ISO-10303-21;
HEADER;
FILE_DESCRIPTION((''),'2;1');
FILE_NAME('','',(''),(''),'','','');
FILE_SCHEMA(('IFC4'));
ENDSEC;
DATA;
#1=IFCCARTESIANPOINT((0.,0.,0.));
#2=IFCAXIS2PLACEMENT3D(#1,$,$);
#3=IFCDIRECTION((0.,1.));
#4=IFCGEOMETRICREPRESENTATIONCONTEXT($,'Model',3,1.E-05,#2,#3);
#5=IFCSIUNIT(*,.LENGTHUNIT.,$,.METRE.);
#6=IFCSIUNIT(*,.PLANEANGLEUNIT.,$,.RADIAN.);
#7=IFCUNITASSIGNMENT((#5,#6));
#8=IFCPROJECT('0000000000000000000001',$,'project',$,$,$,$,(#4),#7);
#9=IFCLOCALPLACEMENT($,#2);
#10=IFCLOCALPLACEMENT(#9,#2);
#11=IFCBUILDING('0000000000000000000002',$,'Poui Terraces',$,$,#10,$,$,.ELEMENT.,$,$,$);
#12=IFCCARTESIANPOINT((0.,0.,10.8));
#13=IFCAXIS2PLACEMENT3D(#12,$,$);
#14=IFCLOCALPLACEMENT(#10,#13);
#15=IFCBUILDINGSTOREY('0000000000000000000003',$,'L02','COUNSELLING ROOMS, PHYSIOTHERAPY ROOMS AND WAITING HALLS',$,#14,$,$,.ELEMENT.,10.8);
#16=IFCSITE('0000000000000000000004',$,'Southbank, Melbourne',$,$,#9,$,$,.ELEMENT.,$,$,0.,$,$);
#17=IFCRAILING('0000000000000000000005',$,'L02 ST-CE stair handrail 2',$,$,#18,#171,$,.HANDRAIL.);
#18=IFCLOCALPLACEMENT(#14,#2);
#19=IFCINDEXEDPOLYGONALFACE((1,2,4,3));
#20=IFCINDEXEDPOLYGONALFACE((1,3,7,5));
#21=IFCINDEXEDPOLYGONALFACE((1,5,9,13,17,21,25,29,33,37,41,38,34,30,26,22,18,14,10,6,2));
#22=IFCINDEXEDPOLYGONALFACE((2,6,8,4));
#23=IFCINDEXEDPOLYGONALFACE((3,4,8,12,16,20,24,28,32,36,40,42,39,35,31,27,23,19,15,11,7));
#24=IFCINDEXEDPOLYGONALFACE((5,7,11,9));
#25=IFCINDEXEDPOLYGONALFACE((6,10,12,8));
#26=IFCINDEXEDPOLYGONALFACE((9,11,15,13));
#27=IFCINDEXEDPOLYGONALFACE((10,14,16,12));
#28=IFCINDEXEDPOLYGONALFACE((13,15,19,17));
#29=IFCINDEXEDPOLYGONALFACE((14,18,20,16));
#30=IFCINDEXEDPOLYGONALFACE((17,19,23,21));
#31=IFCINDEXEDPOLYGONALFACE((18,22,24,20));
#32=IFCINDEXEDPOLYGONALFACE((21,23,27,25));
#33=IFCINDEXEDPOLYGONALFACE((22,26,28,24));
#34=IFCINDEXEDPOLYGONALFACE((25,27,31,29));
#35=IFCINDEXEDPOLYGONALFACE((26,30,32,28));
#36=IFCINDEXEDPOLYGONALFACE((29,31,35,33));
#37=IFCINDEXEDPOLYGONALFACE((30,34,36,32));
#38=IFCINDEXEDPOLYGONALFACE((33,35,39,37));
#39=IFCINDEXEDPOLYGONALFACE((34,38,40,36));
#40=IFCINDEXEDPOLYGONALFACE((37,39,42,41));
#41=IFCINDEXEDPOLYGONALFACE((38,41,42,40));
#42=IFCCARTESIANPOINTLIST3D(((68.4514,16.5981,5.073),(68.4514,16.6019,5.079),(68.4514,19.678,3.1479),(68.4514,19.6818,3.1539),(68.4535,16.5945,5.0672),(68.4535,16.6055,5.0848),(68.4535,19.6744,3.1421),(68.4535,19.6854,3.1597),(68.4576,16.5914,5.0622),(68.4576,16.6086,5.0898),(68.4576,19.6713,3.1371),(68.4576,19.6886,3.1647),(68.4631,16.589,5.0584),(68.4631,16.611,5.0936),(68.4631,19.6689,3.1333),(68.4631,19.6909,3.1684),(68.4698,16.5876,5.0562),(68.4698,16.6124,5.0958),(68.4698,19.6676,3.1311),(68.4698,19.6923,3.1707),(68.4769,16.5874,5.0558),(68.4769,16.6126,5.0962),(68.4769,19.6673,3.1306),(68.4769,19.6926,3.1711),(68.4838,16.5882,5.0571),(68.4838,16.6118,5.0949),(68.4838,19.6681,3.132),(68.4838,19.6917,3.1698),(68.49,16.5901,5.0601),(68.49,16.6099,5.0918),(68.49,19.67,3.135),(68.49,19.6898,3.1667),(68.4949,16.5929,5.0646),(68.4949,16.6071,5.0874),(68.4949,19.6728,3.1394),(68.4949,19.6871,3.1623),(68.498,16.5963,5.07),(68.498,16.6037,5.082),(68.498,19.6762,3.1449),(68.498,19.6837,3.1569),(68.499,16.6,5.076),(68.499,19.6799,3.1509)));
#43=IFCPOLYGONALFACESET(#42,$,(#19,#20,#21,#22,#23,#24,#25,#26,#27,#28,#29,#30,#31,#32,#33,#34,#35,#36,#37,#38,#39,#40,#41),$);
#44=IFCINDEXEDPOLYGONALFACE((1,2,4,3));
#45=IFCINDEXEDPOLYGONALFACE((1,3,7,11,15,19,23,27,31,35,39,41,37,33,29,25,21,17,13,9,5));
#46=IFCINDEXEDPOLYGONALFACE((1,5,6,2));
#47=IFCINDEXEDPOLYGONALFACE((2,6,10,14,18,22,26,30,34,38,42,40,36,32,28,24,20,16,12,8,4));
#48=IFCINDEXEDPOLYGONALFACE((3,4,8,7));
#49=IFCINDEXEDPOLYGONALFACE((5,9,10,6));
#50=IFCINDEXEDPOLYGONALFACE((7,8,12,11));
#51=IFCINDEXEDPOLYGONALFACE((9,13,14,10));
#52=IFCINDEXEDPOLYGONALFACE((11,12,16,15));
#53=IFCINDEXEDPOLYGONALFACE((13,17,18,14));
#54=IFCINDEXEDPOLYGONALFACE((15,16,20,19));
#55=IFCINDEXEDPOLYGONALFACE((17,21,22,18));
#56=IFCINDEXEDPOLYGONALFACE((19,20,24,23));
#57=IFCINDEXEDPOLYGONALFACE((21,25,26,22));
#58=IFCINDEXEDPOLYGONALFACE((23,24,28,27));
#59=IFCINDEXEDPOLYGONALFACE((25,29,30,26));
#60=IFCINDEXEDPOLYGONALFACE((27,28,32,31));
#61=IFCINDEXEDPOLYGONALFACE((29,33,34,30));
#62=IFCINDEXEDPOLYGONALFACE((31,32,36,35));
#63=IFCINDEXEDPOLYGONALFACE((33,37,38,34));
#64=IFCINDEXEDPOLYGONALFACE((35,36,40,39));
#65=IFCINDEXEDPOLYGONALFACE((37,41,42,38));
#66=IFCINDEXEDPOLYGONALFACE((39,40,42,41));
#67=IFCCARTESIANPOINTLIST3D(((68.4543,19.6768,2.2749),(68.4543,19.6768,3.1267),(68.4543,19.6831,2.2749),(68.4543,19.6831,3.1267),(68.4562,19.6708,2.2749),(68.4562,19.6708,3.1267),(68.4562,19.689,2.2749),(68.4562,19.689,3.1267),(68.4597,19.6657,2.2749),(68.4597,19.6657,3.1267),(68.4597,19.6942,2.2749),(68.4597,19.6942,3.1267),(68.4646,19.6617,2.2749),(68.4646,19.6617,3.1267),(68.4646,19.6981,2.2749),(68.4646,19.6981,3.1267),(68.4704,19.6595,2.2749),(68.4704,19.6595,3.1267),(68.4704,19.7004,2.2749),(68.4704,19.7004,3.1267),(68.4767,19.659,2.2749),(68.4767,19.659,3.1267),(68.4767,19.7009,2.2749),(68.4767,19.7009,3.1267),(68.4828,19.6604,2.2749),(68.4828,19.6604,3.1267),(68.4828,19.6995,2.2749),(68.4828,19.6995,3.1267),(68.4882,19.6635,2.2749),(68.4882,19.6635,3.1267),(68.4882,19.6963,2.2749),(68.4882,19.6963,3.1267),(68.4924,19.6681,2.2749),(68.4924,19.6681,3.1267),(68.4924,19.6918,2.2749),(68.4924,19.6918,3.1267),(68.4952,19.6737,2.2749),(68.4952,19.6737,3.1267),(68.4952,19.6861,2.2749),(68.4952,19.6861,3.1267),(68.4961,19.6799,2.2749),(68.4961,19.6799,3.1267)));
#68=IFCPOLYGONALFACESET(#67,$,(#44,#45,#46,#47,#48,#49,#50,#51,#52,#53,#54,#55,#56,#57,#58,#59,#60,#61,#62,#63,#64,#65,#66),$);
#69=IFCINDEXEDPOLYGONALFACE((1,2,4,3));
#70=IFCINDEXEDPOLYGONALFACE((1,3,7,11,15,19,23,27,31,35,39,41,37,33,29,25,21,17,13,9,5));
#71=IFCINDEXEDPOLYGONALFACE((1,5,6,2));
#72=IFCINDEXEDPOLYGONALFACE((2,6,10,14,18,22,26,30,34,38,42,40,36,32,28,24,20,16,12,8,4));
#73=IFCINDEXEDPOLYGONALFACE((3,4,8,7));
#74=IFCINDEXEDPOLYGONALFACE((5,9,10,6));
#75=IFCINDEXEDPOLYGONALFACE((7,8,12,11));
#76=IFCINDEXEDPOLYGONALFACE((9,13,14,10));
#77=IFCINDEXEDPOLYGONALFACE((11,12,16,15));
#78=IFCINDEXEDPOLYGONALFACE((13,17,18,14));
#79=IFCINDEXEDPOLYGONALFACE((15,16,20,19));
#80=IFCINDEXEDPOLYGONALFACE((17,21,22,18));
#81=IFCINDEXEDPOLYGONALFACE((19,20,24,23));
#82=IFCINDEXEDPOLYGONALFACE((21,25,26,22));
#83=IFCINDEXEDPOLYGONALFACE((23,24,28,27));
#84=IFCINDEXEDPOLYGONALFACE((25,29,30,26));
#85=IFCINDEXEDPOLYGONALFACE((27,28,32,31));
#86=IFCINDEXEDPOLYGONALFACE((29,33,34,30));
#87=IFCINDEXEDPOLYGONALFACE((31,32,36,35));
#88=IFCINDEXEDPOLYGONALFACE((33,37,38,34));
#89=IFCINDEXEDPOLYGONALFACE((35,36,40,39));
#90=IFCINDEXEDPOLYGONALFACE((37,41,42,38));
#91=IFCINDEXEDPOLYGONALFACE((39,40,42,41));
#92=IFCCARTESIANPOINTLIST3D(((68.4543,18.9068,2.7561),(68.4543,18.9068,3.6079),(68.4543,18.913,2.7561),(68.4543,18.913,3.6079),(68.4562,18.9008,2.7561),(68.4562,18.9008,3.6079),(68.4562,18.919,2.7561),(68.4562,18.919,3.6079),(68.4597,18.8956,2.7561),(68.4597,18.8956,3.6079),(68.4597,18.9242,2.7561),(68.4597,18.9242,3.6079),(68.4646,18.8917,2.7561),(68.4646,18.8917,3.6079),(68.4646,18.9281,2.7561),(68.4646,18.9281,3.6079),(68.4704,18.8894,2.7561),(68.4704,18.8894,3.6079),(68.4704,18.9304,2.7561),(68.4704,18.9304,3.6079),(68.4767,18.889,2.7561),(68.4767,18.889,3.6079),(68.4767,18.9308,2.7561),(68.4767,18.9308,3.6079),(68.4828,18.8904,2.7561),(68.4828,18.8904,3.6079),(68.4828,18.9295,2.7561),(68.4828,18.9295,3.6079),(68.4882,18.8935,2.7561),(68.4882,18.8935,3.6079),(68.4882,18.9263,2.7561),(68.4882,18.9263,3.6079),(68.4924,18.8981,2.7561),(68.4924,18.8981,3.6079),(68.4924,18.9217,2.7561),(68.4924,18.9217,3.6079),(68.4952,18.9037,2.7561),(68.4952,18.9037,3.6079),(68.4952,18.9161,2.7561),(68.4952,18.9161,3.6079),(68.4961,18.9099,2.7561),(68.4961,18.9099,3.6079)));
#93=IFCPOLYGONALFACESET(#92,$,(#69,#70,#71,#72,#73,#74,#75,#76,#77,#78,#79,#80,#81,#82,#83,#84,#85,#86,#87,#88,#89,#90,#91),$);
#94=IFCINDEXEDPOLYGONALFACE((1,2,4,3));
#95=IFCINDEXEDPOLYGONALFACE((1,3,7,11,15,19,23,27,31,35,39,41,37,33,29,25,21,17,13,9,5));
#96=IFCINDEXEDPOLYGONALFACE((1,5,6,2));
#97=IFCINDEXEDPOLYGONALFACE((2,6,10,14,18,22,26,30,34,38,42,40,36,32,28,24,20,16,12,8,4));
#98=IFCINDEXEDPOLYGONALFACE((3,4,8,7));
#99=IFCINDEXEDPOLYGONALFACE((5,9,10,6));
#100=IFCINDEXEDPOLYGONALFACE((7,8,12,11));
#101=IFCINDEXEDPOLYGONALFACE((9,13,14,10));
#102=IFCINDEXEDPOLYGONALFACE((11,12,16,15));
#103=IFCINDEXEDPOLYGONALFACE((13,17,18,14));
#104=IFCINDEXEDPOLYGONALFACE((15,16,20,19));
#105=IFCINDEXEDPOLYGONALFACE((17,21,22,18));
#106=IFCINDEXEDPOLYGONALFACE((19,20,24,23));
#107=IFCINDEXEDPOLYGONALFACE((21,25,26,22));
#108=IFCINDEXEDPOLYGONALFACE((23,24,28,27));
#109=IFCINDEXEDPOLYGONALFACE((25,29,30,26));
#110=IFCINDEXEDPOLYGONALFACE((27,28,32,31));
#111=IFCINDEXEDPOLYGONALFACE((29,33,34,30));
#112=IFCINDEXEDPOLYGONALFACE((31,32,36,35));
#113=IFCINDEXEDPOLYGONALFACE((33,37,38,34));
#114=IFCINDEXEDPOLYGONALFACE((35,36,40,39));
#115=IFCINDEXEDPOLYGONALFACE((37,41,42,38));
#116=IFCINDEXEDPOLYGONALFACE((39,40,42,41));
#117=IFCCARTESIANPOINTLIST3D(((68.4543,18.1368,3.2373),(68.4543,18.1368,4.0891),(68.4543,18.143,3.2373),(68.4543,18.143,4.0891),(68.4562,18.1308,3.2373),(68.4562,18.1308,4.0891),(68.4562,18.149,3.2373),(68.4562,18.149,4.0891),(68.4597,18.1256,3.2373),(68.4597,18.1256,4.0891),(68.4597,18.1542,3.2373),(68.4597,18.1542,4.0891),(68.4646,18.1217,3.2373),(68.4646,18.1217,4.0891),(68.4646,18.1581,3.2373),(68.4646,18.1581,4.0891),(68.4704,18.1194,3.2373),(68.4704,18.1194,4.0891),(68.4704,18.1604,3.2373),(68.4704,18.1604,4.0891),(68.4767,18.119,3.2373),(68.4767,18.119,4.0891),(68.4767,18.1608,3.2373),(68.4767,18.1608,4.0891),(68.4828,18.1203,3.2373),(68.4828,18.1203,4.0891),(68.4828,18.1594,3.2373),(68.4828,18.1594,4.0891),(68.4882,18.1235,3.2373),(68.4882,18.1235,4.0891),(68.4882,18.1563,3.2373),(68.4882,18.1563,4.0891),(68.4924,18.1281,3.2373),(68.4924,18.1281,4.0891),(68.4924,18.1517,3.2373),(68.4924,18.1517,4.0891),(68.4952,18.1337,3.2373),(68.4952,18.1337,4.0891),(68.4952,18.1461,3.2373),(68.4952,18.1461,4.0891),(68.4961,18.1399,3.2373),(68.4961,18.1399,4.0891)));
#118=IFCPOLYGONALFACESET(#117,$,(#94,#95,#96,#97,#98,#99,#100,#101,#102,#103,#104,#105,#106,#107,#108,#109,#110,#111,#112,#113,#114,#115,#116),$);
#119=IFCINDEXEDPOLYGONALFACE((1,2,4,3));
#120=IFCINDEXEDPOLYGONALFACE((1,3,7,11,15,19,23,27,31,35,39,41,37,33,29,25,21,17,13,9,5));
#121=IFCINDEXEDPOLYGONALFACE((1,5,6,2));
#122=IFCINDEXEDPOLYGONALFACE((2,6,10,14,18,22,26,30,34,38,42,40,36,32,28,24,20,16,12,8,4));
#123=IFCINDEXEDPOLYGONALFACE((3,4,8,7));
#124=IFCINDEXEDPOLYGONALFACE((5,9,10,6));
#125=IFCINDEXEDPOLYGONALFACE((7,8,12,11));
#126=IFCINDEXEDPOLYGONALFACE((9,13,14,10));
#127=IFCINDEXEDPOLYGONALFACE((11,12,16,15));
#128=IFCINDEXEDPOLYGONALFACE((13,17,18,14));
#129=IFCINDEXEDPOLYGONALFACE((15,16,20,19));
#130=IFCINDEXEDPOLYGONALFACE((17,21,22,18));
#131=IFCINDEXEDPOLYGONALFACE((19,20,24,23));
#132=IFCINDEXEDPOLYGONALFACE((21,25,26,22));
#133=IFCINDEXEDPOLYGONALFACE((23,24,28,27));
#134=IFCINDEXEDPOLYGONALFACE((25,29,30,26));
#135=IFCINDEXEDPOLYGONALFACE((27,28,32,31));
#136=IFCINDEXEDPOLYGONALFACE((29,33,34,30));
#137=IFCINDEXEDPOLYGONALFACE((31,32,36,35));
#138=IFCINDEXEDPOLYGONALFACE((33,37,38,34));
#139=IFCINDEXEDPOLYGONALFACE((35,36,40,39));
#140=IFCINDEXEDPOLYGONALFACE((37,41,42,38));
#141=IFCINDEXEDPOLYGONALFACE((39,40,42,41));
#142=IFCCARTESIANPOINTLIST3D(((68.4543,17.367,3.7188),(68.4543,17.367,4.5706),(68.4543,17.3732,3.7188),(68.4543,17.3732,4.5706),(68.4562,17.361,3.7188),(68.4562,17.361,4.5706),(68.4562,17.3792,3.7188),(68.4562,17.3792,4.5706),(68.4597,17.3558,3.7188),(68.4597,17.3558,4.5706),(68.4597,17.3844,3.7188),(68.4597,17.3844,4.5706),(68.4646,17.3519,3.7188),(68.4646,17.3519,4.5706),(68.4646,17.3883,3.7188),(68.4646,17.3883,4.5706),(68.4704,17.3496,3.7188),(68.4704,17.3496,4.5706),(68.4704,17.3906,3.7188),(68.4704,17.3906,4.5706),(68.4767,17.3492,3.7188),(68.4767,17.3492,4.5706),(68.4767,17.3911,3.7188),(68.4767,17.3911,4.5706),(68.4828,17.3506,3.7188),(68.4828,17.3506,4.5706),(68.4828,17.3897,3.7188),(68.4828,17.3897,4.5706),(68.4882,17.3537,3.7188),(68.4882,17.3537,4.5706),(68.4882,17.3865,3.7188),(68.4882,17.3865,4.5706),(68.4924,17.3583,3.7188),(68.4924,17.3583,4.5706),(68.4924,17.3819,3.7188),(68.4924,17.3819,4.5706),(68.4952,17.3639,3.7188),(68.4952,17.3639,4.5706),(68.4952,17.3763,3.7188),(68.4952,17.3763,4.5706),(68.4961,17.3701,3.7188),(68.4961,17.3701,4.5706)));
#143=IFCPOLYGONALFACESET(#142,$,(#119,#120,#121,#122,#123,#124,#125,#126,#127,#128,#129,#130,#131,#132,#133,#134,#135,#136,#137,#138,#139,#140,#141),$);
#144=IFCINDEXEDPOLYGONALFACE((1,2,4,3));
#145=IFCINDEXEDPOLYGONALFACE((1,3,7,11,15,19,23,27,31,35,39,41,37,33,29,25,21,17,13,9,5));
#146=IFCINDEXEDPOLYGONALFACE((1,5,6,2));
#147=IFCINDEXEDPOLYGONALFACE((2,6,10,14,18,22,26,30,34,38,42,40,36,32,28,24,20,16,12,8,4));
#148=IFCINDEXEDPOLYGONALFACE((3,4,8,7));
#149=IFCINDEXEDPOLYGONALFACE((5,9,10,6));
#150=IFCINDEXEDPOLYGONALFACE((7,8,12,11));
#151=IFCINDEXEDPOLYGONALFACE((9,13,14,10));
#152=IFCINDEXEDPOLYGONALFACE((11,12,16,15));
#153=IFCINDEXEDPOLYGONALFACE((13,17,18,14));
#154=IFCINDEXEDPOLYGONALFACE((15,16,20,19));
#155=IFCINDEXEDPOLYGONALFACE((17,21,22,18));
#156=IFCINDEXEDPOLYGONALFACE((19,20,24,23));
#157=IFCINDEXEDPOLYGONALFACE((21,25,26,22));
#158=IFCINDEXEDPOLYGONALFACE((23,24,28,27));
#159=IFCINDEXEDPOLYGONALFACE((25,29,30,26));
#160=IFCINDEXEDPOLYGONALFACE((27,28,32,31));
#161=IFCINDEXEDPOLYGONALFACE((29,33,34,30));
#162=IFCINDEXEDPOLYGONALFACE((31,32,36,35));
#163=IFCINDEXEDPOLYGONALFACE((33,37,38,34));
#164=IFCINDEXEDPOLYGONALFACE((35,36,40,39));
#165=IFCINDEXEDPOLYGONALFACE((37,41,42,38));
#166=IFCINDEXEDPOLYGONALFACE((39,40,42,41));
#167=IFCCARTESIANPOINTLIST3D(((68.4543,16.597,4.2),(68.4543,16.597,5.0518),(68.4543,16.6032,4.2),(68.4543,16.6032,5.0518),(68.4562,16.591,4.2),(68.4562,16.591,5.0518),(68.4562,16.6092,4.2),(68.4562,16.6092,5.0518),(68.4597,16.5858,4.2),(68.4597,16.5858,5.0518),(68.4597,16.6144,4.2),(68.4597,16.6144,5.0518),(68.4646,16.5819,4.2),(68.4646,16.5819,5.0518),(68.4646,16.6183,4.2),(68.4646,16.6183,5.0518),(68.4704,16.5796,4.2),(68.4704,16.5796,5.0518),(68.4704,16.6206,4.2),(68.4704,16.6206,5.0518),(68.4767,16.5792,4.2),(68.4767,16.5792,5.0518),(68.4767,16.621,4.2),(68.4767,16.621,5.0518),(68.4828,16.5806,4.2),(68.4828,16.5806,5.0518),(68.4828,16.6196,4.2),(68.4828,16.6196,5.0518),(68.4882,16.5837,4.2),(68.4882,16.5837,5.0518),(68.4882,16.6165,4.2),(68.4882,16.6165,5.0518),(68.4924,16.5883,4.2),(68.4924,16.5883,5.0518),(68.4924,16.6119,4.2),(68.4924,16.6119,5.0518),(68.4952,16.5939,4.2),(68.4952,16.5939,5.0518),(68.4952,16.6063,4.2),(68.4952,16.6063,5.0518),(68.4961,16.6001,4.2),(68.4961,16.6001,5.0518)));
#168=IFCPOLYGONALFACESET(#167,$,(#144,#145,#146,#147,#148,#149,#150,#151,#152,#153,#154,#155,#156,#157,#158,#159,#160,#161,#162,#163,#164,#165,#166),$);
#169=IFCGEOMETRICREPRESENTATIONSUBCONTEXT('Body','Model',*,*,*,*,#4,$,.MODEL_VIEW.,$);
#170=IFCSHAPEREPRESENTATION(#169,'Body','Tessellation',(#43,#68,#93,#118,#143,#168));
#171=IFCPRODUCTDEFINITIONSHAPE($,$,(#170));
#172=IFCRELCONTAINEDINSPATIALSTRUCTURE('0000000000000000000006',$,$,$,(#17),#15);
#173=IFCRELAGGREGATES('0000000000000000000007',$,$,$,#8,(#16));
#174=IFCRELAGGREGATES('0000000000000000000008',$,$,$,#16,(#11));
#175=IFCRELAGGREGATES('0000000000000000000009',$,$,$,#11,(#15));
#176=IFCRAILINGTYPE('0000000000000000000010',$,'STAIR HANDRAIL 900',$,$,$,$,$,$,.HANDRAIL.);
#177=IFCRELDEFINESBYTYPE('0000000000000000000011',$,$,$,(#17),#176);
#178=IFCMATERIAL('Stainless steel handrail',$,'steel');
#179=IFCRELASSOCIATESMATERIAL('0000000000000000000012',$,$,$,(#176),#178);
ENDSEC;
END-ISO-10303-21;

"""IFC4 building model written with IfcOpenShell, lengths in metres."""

from ifc_helpers import new_model, si_unit, direction, frame, origin, origin_2d, place, context, subcontext, project, spatial, circle, extrude, material, type_object, element, save


model = new_model("IFC4")

# Units and contexts
model_context = context("Model", 3, precision=1e-05, world=origin(), true_north=direction((0.0, 1.0)))
body_context = subcontext(model_context, "Body", "Model", "MODEL_VIEW")
ifc_project = project(units=[si_unit("LENGTHUNIT", "METRE"), si_unit("PLANEANGLEUNIT", "RADIAN")], contexts=[model_context])

# Site, building, storey
site_placement = place(None, origin())
site = spatial("IfcSite", under=ifc_project, at=site_placement, Name="Southbank, Melbourne", CompositionType="ELEMENT", RefElevation=0.0)
building_placement = place(site_placement, origin())
building = spatial("IfcBuilding", under=site, at=building_placement, Name="Poui Terraces", CompositionType="ELEMENT")
storey_placement = place(building_placement, frame((0.0, 0.0, 10.8)))
storey = spatial("IfcBuildingStorey", under=building, at=storey_placement, Name="L02", Description="COUNSELLING ROOMS, PHYSIOTHERAPY ROOMS AND WAITING HALLS", CompositionType="ELEMENT", Elevation=10.8)

# Railing
ifc_material_1 = material(Name="Stainless steel handrail", Category="steel")
railing_type_1 = type_object("IfcRailingType", Name="STAIR HANDRAIL 900", PredefinedType="HANDRAIL", material=ifc_material_1)
railing_1_placement = place(storey_placement, frame((68.4751, 19.6799, 2.2749)))
element("IfcRailing", 1, at=railing_1_placement, inside=storey, type_object=railing_type_1, Name="L02 ST-CE stair handrail 2", PredefinedType="HANDRAIL", context=body_context, shape_type="SweptSolid", body=[
    extrude(circle(Radius=0.0239, at=origin_2d()), frame((0.0, 0.0, 0.876), z_axis=(0.0, -0.847979, 0.530029), x_axis=(1.0, 0.0, 0.0)), (0.0, 0.0, 1.0), 3.6321),
    extrude(circle(Radius=0.021, at=origin_2d()), origin(), (0.0, 0.0, 1.0), 0.8518),
    extrude(circle(Radius=0.021, at=origin_2d()), frame((0.0, -0.77, 0.4812)), (0.0, 0.0, 1.0), 0.8518),
    extrude(circle(Radius=0.021, at=origin_2d()), frame((0.0, -1.54, 0.9624)), (0.0, 0.0, 1.0), 0.8518),
    extrude(circle(Radius=0.021, at=origin_2d()), frame((0.0, -2.3098, 1.4438)), (0.0, 0.0, 1.0), 0.8518),
    extrude(circle(Radius=0.021, at=origin_2d()), frame((0.0, -3.0798, 1.925)), (0.0, 0.0, 1.0), 0.8518),
])

save(model, "model.ifc")
